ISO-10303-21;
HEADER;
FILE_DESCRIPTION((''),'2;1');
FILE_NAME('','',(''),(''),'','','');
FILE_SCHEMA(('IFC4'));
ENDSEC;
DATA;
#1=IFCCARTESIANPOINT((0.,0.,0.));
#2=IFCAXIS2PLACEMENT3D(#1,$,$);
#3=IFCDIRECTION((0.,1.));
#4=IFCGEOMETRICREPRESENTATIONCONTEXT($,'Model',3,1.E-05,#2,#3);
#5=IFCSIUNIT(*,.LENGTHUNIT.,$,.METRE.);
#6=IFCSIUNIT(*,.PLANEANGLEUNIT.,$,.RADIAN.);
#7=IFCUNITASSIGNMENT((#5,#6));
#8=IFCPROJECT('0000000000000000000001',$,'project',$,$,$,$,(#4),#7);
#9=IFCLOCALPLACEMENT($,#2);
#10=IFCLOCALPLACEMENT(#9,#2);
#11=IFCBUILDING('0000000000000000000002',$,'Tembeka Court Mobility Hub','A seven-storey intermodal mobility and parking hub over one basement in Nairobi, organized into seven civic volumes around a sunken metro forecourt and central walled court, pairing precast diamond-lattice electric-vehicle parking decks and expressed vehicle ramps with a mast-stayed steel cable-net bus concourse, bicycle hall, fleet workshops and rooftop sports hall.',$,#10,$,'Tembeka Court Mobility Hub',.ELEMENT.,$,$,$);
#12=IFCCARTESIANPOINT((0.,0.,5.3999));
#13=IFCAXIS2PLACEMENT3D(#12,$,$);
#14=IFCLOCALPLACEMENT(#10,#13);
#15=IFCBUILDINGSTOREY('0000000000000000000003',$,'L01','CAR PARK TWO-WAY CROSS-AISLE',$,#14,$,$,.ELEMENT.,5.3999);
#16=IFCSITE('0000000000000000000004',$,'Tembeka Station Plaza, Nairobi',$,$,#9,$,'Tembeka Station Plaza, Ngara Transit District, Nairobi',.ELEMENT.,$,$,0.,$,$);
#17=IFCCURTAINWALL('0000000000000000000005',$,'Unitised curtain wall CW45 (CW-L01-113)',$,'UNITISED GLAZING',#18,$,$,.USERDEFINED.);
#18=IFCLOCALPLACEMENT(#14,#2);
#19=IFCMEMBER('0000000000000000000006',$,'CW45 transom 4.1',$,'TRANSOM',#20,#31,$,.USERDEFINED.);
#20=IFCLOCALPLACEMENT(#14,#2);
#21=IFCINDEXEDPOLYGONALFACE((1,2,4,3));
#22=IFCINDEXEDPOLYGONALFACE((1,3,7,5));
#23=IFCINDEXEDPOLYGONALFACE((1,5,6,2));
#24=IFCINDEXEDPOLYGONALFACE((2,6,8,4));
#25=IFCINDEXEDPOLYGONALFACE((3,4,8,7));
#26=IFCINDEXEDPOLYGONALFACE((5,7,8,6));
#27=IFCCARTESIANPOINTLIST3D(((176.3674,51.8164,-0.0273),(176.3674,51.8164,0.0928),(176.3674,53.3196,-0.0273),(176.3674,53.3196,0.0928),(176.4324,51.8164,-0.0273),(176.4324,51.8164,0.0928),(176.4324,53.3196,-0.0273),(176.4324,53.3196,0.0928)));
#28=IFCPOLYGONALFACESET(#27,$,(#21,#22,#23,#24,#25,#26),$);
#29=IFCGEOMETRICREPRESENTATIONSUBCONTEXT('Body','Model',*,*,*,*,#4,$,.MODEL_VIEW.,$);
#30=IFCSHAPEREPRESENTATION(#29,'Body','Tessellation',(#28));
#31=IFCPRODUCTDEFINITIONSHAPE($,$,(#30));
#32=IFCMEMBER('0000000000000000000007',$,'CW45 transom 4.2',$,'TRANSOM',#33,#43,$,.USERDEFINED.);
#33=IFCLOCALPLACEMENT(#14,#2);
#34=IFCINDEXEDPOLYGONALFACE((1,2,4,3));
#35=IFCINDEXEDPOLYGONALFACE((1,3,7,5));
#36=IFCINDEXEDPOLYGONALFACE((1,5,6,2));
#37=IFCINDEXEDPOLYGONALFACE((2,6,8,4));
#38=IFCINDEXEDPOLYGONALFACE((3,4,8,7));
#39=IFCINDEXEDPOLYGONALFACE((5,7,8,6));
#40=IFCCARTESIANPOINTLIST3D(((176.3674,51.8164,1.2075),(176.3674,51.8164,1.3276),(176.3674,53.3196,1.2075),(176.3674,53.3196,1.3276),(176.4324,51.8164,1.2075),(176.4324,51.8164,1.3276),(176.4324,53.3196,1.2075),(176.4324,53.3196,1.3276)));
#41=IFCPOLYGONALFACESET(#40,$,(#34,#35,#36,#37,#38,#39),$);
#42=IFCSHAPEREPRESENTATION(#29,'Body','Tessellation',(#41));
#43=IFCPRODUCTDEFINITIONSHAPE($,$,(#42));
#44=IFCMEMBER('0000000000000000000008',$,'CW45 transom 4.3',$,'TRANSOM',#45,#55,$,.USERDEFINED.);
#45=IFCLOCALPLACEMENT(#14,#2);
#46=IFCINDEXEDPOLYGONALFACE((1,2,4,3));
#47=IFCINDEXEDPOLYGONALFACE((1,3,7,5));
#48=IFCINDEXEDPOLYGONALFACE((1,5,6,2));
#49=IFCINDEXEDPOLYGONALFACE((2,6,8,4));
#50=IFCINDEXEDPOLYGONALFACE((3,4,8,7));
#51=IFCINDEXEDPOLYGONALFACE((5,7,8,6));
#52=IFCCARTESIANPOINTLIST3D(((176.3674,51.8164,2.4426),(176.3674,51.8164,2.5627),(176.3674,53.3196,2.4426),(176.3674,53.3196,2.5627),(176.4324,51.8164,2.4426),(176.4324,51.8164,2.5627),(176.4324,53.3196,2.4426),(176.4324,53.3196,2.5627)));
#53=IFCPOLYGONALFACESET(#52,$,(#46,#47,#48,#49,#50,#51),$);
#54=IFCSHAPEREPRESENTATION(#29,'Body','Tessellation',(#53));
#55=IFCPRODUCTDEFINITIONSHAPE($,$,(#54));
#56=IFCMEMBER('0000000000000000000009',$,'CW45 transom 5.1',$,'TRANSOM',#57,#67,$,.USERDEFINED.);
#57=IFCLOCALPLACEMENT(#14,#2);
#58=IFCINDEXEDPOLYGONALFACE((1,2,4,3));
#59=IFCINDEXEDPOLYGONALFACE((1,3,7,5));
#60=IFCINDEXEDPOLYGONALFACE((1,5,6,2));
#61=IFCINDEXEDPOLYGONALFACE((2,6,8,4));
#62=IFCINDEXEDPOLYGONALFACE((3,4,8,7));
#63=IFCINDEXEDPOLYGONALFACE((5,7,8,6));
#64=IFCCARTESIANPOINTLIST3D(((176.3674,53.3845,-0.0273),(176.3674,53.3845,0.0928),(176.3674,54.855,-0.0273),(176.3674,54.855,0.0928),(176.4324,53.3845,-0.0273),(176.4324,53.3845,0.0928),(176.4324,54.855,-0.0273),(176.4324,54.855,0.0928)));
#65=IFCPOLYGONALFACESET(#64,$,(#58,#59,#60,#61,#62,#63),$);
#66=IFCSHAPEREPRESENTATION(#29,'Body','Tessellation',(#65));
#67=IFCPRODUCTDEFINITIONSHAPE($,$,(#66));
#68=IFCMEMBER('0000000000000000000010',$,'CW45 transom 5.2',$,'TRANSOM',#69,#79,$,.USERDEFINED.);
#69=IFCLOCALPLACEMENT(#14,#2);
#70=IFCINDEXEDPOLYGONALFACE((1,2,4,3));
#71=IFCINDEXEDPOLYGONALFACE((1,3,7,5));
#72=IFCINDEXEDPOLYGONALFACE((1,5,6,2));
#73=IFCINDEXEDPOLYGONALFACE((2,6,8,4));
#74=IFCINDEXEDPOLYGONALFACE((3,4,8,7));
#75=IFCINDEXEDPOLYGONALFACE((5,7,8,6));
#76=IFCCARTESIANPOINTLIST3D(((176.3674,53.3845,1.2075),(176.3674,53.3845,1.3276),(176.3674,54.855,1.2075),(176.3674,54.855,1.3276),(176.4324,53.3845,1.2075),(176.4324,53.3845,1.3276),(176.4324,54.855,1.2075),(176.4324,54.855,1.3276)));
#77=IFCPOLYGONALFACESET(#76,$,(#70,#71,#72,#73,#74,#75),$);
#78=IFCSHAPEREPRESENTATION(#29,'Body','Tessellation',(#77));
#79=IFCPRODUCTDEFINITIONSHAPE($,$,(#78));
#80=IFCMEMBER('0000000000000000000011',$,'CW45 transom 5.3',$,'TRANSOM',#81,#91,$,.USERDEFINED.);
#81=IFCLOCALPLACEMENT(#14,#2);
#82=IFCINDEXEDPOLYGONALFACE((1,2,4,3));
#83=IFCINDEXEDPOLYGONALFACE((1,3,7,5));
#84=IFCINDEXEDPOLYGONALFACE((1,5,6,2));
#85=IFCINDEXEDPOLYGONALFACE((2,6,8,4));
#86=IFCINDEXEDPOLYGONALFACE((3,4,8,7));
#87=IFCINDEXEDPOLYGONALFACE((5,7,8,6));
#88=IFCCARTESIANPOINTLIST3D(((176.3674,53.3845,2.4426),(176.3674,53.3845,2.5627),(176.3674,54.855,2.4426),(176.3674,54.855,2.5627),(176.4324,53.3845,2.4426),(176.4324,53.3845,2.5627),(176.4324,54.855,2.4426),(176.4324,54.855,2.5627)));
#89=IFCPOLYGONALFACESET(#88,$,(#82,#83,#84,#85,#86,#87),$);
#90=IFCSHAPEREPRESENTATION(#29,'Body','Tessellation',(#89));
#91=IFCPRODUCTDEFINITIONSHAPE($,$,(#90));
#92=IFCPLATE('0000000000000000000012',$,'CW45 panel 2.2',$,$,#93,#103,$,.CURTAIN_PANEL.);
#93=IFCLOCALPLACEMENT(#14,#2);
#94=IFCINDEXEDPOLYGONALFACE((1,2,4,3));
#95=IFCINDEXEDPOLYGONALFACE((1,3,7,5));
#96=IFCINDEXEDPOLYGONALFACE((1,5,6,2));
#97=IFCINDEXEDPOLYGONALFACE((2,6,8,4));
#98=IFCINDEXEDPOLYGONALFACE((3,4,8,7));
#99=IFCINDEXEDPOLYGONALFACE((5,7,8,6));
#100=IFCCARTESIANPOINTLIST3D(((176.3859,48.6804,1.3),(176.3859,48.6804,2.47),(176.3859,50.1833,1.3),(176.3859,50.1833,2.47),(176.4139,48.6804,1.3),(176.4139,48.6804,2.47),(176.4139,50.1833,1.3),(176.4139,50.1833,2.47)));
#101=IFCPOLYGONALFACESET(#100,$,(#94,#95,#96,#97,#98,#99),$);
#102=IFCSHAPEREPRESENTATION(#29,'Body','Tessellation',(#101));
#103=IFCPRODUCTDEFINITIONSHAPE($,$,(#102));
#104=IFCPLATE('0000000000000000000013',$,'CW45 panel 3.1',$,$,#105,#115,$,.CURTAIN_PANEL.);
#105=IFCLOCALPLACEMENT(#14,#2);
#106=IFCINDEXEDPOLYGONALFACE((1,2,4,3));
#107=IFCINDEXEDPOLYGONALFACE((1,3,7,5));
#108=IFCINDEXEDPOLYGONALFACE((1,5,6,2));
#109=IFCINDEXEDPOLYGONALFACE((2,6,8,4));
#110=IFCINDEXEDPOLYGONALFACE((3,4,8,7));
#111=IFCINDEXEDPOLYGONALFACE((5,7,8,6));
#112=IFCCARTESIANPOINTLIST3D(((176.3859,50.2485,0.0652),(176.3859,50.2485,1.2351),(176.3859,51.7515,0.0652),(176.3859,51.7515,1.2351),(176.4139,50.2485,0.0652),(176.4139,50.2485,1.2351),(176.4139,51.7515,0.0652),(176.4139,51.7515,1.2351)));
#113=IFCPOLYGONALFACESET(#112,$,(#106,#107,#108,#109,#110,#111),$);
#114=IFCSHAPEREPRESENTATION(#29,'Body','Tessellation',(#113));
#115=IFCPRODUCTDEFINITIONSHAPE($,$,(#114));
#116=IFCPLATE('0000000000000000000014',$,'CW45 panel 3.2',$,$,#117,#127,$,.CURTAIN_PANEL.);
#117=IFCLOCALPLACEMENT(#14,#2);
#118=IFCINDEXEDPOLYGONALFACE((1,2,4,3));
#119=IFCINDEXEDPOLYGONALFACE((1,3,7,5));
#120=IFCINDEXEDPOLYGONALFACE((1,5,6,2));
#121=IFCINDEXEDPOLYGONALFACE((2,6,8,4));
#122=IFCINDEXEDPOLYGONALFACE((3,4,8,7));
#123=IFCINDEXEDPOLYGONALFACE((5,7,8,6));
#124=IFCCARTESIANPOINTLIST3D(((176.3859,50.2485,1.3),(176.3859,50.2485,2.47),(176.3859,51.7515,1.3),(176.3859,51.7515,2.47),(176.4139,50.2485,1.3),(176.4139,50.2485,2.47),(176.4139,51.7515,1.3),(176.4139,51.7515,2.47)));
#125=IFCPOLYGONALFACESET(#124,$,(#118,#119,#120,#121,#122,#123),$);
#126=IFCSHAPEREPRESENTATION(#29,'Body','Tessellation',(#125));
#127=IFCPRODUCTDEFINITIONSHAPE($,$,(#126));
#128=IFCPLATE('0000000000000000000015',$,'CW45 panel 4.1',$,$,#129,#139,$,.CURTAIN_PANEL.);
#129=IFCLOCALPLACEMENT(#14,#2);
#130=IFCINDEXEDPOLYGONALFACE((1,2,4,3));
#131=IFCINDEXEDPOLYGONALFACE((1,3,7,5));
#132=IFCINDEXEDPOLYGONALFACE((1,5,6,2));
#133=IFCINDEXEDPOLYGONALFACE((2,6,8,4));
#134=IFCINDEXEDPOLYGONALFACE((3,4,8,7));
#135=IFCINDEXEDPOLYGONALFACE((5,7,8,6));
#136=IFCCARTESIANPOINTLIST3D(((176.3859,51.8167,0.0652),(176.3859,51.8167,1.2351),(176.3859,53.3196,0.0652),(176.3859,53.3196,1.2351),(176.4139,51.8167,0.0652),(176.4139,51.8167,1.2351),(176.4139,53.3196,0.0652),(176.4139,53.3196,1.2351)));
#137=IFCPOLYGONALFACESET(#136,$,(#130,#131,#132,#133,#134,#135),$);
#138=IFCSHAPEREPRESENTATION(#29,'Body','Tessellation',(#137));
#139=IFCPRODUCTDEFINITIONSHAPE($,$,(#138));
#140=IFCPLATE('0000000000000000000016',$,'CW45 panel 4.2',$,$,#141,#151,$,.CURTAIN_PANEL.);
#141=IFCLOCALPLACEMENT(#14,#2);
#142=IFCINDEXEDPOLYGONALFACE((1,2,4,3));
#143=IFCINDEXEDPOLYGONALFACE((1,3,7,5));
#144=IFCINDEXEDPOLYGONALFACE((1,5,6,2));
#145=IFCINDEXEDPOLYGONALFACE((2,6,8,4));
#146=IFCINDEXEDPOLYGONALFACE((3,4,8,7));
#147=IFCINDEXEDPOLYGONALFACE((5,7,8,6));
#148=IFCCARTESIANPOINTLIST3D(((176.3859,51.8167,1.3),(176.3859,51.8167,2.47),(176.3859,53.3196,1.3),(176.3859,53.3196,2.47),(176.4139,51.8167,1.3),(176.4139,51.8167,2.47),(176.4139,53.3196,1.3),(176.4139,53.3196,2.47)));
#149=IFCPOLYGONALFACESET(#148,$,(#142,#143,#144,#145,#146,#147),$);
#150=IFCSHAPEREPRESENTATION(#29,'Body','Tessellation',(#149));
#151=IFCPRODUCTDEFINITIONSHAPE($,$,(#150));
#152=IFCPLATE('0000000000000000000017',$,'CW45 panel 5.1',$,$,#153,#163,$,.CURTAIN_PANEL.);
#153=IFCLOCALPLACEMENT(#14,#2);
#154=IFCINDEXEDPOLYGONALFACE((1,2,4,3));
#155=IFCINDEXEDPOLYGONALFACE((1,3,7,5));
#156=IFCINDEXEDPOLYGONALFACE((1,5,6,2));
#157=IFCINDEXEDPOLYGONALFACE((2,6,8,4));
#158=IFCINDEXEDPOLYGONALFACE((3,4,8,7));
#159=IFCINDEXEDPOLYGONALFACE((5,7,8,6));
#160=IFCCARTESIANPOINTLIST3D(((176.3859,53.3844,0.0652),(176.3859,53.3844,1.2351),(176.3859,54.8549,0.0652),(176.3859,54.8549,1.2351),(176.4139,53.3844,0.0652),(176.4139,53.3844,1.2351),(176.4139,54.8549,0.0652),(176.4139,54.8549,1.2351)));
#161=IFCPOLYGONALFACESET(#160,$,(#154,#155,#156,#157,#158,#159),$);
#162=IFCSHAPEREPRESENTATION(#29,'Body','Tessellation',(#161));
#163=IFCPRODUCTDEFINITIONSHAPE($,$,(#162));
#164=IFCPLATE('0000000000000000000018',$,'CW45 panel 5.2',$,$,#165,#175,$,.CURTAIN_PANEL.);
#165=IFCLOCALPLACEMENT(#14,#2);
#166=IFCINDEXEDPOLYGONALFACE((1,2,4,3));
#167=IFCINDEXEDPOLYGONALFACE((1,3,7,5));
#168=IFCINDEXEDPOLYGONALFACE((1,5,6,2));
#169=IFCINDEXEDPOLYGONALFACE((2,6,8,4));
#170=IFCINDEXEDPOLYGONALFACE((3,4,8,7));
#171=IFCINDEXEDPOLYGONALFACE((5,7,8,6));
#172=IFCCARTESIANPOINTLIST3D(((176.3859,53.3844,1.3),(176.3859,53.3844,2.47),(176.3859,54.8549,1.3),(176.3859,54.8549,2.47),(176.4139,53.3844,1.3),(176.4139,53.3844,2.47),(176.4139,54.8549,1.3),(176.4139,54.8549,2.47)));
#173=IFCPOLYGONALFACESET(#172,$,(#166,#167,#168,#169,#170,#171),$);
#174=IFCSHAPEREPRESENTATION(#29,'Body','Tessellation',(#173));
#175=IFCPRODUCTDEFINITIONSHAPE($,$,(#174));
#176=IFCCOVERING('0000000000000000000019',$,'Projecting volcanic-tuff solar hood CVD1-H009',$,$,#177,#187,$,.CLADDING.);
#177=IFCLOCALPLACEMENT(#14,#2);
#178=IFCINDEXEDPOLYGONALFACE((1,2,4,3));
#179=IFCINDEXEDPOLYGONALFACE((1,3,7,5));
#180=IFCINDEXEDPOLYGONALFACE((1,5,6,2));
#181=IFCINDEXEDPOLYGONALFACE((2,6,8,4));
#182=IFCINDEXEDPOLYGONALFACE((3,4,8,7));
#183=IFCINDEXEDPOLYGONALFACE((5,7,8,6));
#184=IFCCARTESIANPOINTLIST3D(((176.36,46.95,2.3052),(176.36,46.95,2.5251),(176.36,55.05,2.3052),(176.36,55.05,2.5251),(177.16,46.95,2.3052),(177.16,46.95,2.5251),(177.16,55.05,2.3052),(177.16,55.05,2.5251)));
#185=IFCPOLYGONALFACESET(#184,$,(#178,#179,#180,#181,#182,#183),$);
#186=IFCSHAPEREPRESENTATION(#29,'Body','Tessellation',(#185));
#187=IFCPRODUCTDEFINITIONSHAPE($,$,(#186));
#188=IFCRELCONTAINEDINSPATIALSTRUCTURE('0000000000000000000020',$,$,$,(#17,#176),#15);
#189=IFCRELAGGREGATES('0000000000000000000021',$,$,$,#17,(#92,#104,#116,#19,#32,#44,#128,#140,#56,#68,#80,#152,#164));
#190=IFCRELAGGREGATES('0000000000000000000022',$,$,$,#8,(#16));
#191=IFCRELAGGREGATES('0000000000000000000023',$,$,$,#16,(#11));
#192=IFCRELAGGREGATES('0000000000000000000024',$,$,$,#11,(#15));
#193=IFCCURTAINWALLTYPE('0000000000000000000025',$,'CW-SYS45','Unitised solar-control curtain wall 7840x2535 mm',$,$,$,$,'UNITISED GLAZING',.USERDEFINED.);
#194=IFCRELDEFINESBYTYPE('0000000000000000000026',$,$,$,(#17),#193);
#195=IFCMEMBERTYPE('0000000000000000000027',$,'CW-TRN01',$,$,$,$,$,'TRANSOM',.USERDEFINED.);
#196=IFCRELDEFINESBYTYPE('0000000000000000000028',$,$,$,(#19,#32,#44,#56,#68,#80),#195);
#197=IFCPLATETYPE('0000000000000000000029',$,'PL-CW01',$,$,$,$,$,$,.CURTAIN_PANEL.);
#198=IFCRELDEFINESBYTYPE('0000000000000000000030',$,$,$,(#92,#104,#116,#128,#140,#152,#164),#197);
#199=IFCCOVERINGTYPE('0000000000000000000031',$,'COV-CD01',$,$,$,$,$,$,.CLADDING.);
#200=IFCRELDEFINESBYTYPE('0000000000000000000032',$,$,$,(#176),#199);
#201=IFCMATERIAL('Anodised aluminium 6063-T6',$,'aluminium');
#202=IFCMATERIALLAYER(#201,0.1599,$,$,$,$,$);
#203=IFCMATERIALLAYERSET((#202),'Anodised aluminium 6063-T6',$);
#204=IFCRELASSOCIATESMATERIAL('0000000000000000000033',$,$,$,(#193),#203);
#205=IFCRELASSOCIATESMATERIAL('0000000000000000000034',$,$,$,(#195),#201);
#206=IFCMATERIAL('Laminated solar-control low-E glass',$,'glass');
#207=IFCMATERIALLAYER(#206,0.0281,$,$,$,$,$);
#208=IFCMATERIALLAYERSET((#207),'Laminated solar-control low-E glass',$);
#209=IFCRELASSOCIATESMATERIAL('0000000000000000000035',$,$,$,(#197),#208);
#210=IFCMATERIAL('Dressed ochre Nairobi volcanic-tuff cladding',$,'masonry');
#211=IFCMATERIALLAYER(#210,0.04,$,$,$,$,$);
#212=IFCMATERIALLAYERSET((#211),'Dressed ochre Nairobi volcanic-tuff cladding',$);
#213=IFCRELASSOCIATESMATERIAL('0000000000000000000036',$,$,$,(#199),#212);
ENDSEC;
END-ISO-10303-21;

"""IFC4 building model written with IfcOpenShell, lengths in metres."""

from ifc_helpers import new_model, si_unit, direction, frame, origin, origin_2d, place, context, subcontext, project, spatial, rectangle, extrude, material, layer, layer_set, material_profile, profile_set, type_object, element, aggregate, save


model = new_model("IFC4")

# Units and contexts
model_context = context("Model", 3, precision=1e-05, world=origin(), true_north=direction((0.0, 1.0)))
body_context = subcontext(model_context, "Body", "Model", "MODEL_VIEW")
ifc_project = project(units=[si_unit("LENGTHUNIT", "METRE"), si_unit("PLANEANGLEUNIT", "RADIAN")], contexts=[model_context])

# Site, building, storey
site_placement = place(None, origin())
site = spatial("IfcSite", under=ifc_project, at=site_placement, Name="Tembeka Station Plaza, Nairobi", LongName="Tembeka Station Plaza, Ngara Transit District, Nairobi", CompositionType="ELEMENT", RefElevation=0.0)
building_placement = place(site_placement, origin())
building = spatial("IfcBuilding", under=site, at=building_placement, Name="Tembeka Court Mobility Hub", Description="A seven-storey intermodal mobility and parking hub over one basement in Nairobi, organized into seven civic volumes around a sunken metro forecourt and central walled court, pairing precast diamond-lattice electric-vehicle parking decks and expressed vehicle ramps with a mast-stayed steel cable-net bus concourse, bicycle hall, fleet workshops and rooftop sports hall.", LongName="Tembeka Court Mobility Hub", CompositionType="ELEMENT")
storey_placement = place(building_placement, frame((0.0, 0.0, 5.3999)))
storey = spatial("IfcBuildingStorey", under=building, at=storey_placement, Name="L01", Description="CAR PARK TWO-WAY CROSS-AISLE", CompositionType="ELEMENT", Elevation=5.3999)

# Curtain wall, members, plates
ifc_material_1 = material(Name="Anodised aluminium 6063-T6", Category="aluminium")
ifc_layer_1 = layer(ifc_material_1, 0.1599)
ifc_layer_set_1 = layer_set([ifc_layer_1], Name="Anodised aluminium 6063-T6")
curtain_wall_type = type_object("IfcCurtainWallType", Name="CW-SYS45", Description="Unitised solar-control curtain wall 7840x2535 mm", ElementType="UNITISED GLAZING", PredefinedType="USERDEFINED", material=ifc_layer_set_1)
curtain_wall_placement = place(storey_placement, origin())
curtain_wall = element("IfcCurtainWall", 1, at=curtain_wall_placement, inside=storey, type_object=curtain_wall_type, Name="Unitised curtain wall CW45 (CW-L01-113)", ObjectType="UNITISED GLAZING", PredefinedType="USERDEFINED")
ifc_material_profile_1 = material_profile(ifc_material_1, rectangle(XDim=0.0649, YDim=0.1201, at=origin_2d()), Name="ALU-TRN 65x120")
ifc_profile_set_1 = profile_set([ifc_material_profile_1], Name="Anodised aluminium 6063-T6")
member_type_1 = type_object("IfcMemberType", Name="CW-TRN01", ElementType="TRANSOM", PredefinedType="USERDEFINED", material=ifc_profile_set_1)
member_1_placement = place(storey_placement, frame((176.3999, 51.8164, 0.0327), z_axis=(0.0, 1.0, 0.0), x_axis=(-1.0, 0.0, 0.0)))
member_1 = element("IfcMember", 2, at=member_1_placement, type_object=member_type_1, Name="CW45 transom 4.1", ObjectType="TRANSOM", PredefinedType="USERDEFINED", context=body_context, shape_type="SweptSolid", body=[
    extrude(rectangle(XDim=0.0649, YDim=0.1201, at=origin_2d()), origin(), (0.0, 0.0, 1.0), 1.5032),
])
member_2_placement = place(storey_placement, frame((176.3999, 51.8164, 1.2676), z_axis=(0.0, 1.0, 0.0), x_axis=(-1.0, 0.0, 0.0)))
member_2 = element("IfcMember", 3, at=member_2_placement, type_object=member_type_1, Name="CW45 transom 4.2", ObjectType="TRANSOM", PredefinedType="USERDEFINED", context=body_context, shape_type="SweptSolid", body=[
    extrude(rectangle(XDim=0.0649, YDim=0.1201, at=origin_2d()), origin(), (0.0, 0.0, 1.0), 1.5032),
])
member_3_placement = place(storey_placement, frame((176.3999, 51.8164, 2.5027), z_axis=(0.0, 1.0, 0.0), x_axis=(-1.0, 0.0, 0.0)))
member_3 = element("IfcMember", 4, at=member_3_placement, type_object=member_type_1, Name="CW45 transom 4.3", ObjectType="TRANSOM", PredefinedType="USERDEFINED", context=body_context, shape_type="SweptSolid", body=[
    extrude(rectangle(XDim=0.0649, YDim=0.1201, at=origin_2d()), origin(), (0.0, 0.0, 1.0), 1.5032),
])
member_4_placement = place(storey_placement, frame((176.3999, 53.3845, 0.0327), z_axis=(0.0, 1.0, 0.0), x_axis=(-1.0, 0.0, 0.0)))
member_4 = element("IfcMember", 5, at=member_4_placement, type_object=member_type_1, Name="CW45 transom 5.1", ObjectType="TRANSOM", PredefinedType="USERDEFINED", context=body_context, shape_type="SweptSolid", body=[
    extrude(rectangle(XDim=0.0649, YDim=0.1201, at=origin_2d()), origin(), (0.0, 0.0, 1.0), 1.4705),
])
member_5_placement = place(storey_placement, frame((176.3999, 53.3845, 1.2676), z_axis=(0.0, 1.0, 0.0), x_axis=(-1.0, 0.0, 0.0)))
member_5 = element("IfcMember", 6, at=member_5_placement, type_object=member_type_1, Name="CW45 transom 5.2", ObjectType="TRANSOM", PredefinedType="USERDEFINED", context=body_context, shape_type="SweptSolid", body=[
    extrude(rectangle(XDim=0.0649, YDim=0.1201, at=origin_2d()), origin(), (0.0, 0.0, 1.0), 1.4705),
])
member_6_placement = place(storey_placement, frame((176.3999, 53.3845, 2.5027), z_axis=(0.0, 1.0, 0.0), x_axis=(-1.0, 0.0, 0.0)))
member_6 = element("IfcMember", 7, at=member_6_placement, type_object=member_type_1, Name="CW45 transom 5.3", ObjectType="TRANSOM", PredefinedType="USERDEFINED", context=body_context, shape_type="SweptSolid", body=[
    extrude(rectangle(XDim=0.0649, YDim=0.1201, at=origin_2d()), origin(), (0.0, 0.0, 1.0), 1.4705),
])
ifc_material_2 = material(Name="Laminated solar-control low-E glass", Category="glass")
ifc_layer_2 = layer(ifc_material_2, 0.0281)
ifc_layer_set_2 = layer_set([ifc_layer_2], Name="Laminated solar-control low-E glass")
plate_type = type_object("IfcPlateType", Name="PL-CW01", PredefinedType="CURTAIN_PANEL", material=ifc_layer_set_2)
plate_1_placement = place(storey_placement, frame((176.3999, 49.4319, 1.3), z_axis=(0.0, 0.0, 1.0), x_axis=(0.0, 1.0, 0.0)))
plate_1 = element("IfcPlate", 8, at=plate_1_placement, type_object=plate_type, Name="CW45 panel 2.2", PredefinedType="CURTAIN_PANEL", context=body_context, shape_type="SweptSolid", body=[
    extrude(rectangle(XDim=1.5029, YDim=0.0281, at=origin_2d()), origin(), (0.0, 0.0, 1.0), 1.1699),
])
plate_2_placement = place(storey_placement, frame((176.3999, 51.0, 0.0652), z_axis=(0.0, 0.0, 1.0), x_axis=(0.0, 1.0, 0.0)))
plate_2 = element("IfcPlate", 9, at=plate_2_placement, type_object=plate_type, Name="CW45 panel 3.1", PredefinedType="CURTAIN_PANEL", context=body_context, shape_type="SweptSolid", body=[
    extrude(rectangle(XDim=1.5029, YDim=0.0281, at=origin_2d()), origin(), (0.0, 0.0, 1.0), 1.1699),
])
plate_3_placement = place(storey_placement, frame((176.3999, 51.0, 1.3), z_axis=(0.0, 0.0, 1.0), x_axis=(0.0, 1.0, 0.0)))
plate_3 = element("IfcPlate", 10, at=plate_3_placement, type_object=plate_type, Name="CW45 panel 3.2", PredefinedType="CURTAIN_PANEL", context=body_context, shape_type="SweptSolid", body=[
    extrude(rectangle(XDim=1.5029, YDim=0.0281, at=origin_2d()), origin(), (0.0, 0.0, 1.0), 1.1699),
])
plate_4_placement = place(storey_placement, frame((176.3999, 52.5681, 0.0652), z_axis=(0.0, 0.0, 1.0), x_axis=(0.0, 1.0, 0.0)))
plate_4 = element("IfcPlate", 11, at=plate_4_placement, type_object=plate_type, Name="CW45 panel 4.1", PredefinedType="CURTAIN_PANEL", context=body_context, shape_type="SweptSolid", body=[
    extrude(rectangle(XDim=1.5029, YDim=0.0281, at=origin_2d()), origin(), (0.0, 0.0, 1.0), 1.1699),
])
plate_5_placement = place(storey_placement, frame((176.3999, 52.5681, 1.3), z_axis=(0.0, 0.0, 1.0), x_axis=(0.0, 1.0, 0.0)))
plate_5 = element("IfcPlate", 12, at=plate_5_placement, type_object=plate_type, Name="CW45 panel 4.2", PredefinedType="CURTAIN_PANEL", context=body_context, shape_type="SweptSolid", body=[
    extrude(rectangle(XDim=1.5029, YDim=0.0281, at=origin_2d()), origin(), (0.0, 0.0, 1.0), 1.1699),
])
plate_6_placement = place(storey_placement, frame((176.3999, 54.1196, 0.0652), z_axis=(0.0, 0.0, 1.0), x_axis=(0.0, 1.0, 0.0)))
plate_6 = element("IfcPlate", 13, at=plate_6_placement, type_object=plate_type, Name="CW45 panel 5.1", PredefinedType="CURTAIN_PANEL", context=body_context, shape_type="SweptSolid", body=[
    extrude(rectangle(XDim=1.4705, YDim=0.0281, at=origin_2d()), origin(), (0.0, 0.0, 1.0), 1.1699),
])
plate_7_placement = place(storey_placement, frame((176.3999, 54.1196, 1.3), z_axis=(0.0, 0.0, 1.0), x_axis=(0.0, 1.0, 0.0)))
plate_7 = element("IfcPlate", 14, at=plate_7_placement, type_object=plate_type, Name="CW45 panel 5.2", PredefinedType="CURTAIN_PANEL", context=body_context, shape_type="SweptSolid", body=[
    extrude(rectangle(XDim=1.4705, YDim=0.0281, at=origin_2d()), origin(), (0.0, 0.0, 1.0), 1.1699),
])
aggregate(curtain_wall, [plate_1, plate_2, plate_3, member_1, member_2, member_3, plate_4, plate_5, member_4, member_5, member_6, plate_6, plate_7])

# Covering
ifc_material_3 = material(Name="Dressed ochre Nairobi volcanic-tuff cladding", Category="masonry")
ifc_layer_3 = layer(ifc_material_3, 0.04)
ifc_layer_set_3 = layer_set([ifc_layer_3], Name="Dressed ochre Nairobi volcanic-tuff cladding")
covering_type = type_object("IfcCoveringType", Name="COV-CD01", PredefinedType="CLADDING", material=ifc_layer_set_3)
covering_placement = place(storey_placement, frame((176.76, 51.0, 2.3052), z_axis=(0.0, 0.0, 1.0), x_axis=(0.0, 1.0, 0.0)))
element("IfcCovering", 15, at=covering_placement, inside=storey, type_object=covering_type, Name="Projecting volcanic-tuff solar hood CVD1-H009", PredefinedType="CLADDING", context=body_context, shape_type="SweptSolid", body=[
    extrude(rectangle(XDim=8.1001, YDim=0.8, at=origin_2d()), origin(), (0.0, 0.0, 1.0), 0.22),
])

save(model, "model.ifc")
